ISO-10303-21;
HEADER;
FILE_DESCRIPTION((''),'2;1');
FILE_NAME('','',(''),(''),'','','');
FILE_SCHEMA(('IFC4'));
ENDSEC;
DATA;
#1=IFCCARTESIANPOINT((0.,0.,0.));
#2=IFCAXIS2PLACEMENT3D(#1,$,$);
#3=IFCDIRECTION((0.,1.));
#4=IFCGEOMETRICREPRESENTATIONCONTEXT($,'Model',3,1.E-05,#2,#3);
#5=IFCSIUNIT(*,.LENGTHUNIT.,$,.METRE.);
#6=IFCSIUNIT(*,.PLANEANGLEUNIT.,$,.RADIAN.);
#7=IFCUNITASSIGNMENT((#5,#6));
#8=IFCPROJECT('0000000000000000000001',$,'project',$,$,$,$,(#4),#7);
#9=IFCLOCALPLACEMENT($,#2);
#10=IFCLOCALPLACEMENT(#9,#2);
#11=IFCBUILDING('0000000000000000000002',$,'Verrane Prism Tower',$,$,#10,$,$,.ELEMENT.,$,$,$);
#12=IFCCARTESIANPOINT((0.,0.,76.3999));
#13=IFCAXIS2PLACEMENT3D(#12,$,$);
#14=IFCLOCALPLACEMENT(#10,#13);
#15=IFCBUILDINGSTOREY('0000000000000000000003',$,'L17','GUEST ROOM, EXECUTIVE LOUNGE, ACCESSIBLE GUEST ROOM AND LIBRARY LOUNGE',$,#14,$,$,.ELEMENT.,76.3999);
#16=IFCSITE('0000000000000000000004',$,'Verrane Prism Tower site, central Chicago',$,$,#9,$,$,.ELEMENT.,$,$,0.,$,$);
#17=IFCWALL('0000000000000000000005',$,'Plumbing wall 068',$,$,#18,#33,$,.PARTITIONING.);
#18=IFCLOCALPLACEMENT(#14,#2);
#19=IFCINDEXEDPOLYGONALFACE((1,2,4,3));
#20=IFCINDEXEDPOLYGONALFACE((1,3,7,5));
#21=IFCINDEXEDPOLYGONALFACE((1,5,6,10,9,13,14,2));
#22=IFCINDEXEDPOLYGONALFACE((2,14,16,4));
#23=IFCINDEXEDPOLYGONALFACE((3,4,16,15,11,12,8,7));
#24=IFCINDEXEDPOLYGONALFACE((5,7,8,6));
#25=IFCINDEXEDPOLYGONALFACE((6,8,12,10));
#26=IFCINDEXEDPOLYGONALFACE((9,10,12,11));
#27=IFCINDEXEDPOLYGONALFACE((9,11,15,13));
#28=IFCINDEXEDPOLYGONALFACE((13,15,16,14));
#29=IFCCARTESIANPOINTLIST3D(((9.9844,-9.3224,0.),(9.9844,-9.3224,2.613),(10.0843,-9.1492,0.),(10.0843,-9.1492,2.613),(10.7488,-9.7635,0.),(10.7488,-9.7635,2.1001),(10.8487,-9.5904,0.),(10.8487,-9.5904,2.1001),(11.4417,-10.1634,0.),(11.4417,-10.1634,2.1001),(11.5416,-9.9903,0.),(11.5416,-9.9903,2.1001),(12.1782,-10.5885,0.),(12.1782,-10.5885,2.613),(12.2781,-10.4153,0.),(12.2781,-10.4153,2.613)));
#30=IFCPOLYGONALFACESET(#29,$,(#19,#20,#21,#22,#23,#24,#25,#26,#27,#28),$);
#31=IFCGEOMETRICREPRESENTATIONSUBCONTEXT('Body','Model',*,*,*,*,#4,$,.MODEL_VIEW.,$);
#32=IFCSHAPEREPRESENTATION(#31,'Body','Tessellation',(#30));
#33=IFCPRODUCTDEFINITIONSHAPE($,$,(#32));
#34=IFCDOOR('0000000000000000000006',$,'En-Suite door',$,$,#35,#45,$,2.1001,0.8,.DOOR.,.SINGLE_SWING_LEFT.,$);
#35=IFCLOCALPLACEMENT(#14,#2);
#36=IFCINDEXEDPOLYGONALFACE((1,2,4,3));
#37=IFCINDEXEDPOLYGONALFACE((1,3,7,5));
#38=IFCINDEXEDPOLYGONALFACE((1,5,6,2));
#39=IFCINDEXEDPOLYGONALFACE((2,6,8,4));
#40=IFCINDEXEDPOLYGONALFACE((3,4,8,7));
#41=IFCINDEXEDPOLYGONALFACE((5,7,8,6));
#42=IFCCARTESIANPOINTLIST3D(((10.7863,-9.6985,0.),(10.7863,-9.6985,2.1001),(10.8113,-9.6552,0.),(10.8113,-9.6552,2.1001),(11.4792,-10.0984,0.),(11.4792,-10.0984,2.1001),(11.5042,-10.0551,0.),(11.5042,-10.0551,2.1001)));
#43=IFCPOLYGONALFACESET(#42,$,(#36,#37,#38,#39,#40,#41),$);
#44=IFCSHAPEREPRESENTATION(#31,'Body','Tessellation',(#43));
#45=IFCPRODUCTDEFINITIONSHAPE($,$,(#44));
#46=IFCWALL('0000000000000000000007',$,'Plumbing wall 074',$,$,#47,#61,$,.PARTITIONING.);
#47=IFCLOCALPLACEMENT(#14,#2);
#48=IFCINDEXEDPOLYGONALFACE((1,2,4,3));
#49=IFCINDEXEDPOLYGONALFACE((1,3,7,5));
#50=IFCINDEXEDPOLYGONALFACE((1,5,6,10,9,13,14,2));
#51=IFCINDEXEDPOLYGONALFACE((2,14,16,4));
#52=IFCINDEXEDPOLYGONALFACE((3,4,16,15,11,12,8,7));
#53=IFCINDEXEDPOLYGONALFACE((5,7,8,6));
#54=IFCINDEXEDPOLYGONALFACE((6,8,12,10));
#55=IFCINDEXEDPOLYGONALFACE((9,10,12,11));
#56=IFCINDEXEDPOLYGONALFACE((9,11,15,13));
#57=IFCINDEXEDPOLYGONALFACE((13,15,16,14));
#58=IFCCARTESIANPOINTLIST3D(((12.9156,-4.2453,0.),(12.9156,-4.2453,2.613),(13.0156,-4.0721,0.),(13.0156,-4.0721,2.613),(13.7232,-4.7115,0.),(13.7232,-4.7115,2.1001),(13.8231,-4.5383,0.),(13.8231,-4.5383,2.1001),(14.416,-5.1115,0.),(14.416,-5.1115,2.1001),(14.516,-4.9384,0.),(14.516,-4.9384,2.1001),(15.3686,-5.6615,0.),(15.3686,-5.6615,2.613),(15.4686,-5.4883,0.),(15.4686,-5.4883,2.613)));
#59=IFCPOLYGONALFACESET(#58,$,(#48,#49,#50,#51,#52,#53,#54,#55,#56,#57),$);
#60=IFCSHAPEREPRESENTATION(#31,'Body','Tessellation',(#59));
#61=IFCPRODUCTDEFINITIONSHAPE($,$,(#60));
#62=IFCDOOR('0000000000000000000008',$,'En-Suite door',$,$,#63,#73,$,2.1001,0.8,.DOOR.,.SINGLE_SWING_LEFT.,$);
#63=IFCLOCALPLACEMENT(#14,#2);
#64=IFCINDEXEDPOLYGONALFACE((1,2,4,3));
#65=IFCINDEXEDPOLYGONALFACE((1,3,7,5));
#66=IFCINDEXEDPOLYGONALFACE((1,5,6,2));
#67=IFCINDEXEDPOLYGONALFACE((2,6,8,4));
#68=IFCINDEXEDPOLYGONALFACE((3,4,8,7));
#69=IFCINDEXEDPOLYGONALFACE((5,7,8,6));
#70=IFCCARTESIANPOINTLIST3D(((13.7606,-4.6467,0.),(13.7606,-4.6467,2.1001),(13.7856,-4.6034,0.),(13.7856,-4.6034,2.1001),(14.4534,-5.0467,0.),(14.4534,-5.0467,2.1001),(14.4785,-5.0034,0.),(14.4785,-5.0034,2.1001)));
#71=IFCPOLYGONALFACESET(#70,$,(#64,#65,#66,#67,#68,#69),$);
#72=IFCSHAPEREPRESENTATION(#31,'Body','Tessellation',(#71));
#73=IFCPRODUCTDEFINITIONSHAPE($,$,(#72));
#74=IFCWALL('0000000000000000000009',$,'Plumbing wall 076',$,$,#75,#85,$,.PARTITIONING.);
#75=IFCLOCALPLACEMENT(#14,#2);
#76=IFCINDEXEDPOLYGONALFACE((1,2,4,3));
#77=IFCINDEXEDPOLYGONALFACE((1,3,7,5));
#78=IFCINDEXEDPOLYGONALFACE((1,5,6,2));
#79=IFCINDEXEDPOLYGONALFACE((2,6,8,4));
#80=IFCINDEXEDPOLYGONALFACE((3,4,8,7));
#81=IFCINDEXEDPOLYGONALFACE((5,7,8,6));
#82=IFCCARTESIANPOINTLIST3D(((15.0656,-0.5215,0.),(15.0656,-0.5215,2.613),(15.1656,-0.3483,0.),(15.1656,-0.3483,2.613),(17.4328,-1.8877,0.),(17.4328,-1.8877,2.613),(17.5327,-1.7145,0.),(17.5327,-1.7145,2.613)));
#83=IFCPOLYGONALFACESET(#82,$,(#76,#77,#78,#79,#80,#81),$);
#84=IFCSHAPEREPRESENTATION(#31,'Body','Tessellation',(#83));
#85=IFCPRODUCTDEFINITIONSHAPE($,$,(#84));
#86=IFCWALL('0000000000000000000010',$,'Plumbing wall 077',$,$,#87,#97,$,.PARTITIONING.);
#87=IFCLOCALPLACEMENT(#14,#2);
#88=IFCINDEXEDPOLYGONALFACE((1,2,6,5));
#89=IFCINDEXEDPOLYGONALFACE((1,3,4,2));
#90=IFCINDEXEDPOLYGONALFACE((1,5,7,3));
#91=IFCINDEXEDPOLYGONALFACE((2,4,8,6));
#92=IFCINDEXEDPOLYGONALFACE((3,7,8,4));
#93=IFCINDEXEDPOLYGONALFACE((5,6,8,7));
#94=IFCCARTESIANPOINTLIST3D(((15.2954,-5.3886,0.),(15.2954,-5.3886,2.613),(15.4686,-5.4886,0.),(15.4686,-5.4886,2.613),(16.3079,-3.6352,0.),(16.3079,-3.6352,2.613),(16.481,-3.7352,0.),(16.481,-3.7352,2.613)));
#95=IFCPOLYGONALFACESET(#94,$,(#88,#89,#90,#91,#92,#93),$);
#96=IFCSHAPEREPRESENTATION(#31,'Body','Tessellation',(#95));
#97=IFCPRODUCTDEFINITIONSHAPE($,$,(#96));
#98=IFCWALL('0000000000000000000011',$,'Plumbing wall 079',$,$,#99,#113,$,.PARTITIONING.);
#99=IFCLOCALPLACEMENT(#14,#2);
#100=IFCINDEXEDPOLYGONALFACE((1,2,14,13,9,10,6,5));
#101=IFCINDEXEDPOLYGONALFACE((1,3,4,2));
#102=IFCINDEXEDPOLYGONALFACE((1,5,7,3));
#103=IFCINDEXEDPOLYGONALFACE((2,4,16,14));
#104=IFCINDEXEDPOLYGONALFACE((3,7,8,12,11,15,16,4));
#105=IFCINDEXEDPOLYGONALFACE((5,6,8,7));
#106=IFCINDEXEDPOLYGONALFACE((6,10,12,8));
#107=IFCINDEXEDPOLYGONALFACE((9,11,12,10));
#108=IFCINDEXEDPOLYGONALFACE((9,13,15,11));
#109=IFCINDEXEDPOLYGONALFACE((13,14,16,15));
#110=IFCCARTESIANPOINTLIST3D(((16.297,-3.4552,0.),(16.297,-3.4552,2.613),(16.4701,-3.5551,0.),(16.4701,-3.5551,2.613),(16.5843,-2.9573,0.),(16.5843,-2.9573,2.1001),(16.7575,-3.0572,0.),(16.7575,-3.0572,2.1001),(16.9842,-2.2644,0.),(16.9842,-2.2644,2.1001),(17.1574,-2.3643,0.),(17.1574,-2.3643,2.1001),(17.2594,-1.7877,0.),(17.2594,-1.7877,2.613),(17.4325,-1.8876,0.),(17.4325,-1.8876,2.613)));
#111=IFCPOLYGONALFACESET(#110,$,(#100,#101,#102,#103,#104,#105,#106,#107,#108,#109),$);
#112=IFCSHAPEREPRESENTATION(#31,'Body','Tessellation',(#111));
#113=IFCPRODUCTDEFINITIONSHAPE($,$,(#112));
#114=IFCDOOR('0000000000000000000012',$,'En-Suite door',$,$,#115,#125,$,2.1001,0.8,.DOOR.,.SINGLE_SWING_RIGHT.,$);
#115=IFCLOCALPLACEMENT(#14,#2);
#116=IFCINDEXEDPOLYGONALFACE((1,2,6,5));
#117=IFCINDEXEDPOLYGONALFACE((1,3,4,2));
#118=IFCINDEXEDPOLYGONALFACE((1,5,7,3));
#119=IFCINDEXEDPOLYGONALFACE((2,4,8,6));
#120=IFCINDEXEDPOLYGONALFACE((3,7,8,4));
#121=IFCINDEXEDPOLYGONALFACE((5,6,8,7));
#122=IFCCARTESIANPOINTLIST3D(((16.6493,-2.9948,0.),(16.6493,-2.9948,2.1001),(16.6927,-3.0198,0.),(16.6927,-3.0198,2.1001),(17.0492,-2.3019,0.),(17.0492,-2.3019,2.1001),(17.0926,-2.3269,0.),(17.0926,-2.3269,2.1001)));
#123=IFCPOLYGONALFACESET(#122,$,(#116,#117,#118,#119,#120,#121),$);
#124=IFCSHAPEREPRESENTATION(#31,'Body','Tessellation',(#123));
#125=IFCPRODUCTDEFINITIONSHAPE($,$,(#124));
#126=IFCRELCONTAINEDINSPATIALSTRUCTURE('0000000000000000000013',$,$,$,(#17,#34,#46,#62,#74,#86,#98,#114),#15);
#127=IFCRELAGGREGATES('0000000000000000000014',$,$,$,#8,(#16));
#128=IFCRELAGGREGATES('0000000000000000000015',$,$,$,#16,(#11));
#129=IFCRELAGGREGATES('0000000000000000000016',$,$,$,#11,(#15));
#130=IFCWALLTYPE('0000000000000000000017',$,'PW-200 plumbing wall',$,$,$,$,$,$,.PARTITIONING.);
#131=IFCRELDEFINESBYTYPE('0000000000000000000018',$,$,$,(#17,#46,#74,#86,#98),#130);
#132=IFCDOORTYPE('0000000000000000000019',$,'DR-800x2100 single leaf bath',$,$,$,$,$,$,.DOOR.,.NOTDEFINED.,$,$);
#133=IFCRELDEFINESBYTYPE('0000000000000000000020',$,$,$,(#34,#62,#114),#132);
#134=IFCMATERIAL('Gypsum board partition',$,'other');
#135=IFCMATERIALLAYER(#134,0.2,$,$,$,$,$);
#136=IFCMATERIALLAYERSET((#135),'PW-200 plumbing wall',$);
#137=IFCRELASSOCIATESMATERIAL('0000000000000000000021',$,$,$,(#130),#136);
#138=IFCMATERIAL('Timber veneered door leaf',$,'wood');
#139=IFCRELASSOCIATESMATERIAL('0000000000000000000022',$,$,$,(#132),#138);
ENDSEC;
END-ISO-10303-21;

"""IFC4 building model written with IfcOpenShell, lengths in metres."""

from ifc_helpers import new_model, si_unit, direction, frame, frame_2d, origin, place, context, subcontext, project, spatial, rectangle, extrude, material, layer, layer_set, type_object, element, fill, save


model = new_model("IFC4")

# Units and contexts
model_context = context("Model", 3, precision=1e-05, world=origin(), true_north=direction((0.0, 1.0)))
body_context = subcontext(model_context, "Body", "Model", "MODEL_VIEW")
ifc_project = project(units=[si_unit("LENGTHUNIT", "METRE"), si_unit("PLANEANGLEUNIT", "RADIAN")], contexts=[model_context])

# Site, building, storey
site_placement = place(None, origin())
site = spatial("IfcSite", under=ifc_project, at=site_placement, Name="Verrane Prism Tower site, central Chicago", CompositionType="ELEMENT", RefElevation=0.0)
building_placement = place(site_placement, origin())
building = spatial("IfcBuilding", under=site, at=building_placement, Name="Verrane Prism Tower", CompositionType="ELEMENT")
storey_placement = place(building_placement, frame((0.0, 0.0, 76.3999)))
storey = spatial("IfcBuildingStorey", under=building, at=storey_placement, Name="L17", Description="GUEST ROOM, EXECUTIVE LOUNGE, ACCESSIBLE GUEST ROOM AND LIBRARY LOUNGE", CompositionType="ELEMENT", Elevation=76.3999)

# Walls, openings, doors
ifc_material_1 = material(Name="Gypsum board partition", Category="other")
ifc_layer_1 = layer(ifc_material_1, 0.2)
ifc_layer_set_1 = layer_set([ifc_layer_1], Name="PW-200 plumbing wall")
wall_type_1 = type_object("IfcWallType", Name="PW-200 plumbing wall", PredefinedType="PARTITIONING", material=ifc_layer_set_1)
wall_1_placement = place(storey_placement, frame((12.2283, -10.502, 0.0), z_axis=(0.0, 0.0, 1.0), x_axis=(-0.866112, 0.49985, 0.0)))
wall_1 = element("IfcWall", 1, at=wall_1_placement, inside=storey, type_object=wall_type_1, Name="Plumbing wall 068", PredefinedType="PARTITIONING", context=body_context, shape_type="SweptSolid", body=[
    extrude(rectangle(XDim=2.533, YDim=0.2, at=frame_2d((1.2666, 0.0))), origin(), (0.0, 0.0, 1.0), 2.613),
])
opening_1_placement = place(wall_1_placement, frame((0.8506, 0.0, 0.0)))
opening_1 = element("IfcOpeningElement", 2, at=opening_1_placement, cuts=wall_1, PredefinedType="OPENING", context=body_context, shape_type="SweptSolid", body=[
    extrude(rectangle(XDim=0.8, YDim=2.1001, at=frame_2d((0.3999, 1.05))), frame((0.0, 0.1099, 0.0), z_axis=(0.0, -1.0, 0.0), x_axis=(1.0, 0.0, 0.0)), (0.0, 0.0, 1.0), 0.22),
])
ifc_material_2 = material(Name="Timber veneered door leaf", Category="wood")
door_type = type_object("IfcDoorType", Name="DR-800x2100 single leaf bath", OperationType="NOTDEFINED", PredefinedType="DOOR", material=ifc_material_2)
door_1_placement = place(opening_1_placement, origin())
door_1 = element("IfcDoor", 3, at=door_1_placement, inside=storey, type_object=door_type, Name="En-Suite door", OperationType="SINGLE_SWING_LEFT", OverallHeight=2.1001, OverallWidth=0.8, PredefinedType="DOOR", context=body_context, shape_type="SweptSolid", body=[
    extrude(rectangle(XDim=0.8, YDim=2.1001, at=frame_2d((0.3999, 1.05))), frame((0.0, 0.0249, 0.0), z_axis=(0.0, -1.0, 0.0), x_axis=(1.0, 0.0, 0.0)), (0.0, 0.0, 1.0), 0.05),
])
fill(opening_1, door_1)
wall_2_placement = place(storey_placement, frame((12.9656, -4.1587, 0.0), z_axis=(0.0, 0.0, 1.0), x_axis=(0.866033, -0.499986, 0.0)))
wall_2 = element("IfcWall", 4, at=wall_2_placement, inside=storey, type_object=wall_type_1, Name="Plumbing wall 074", PredefinedType="PARTITIONING", context=body_context, shape_type="SweptSolid", body=[
    extrude(rectangle(XDim=2.8325, YDim=0.2, at=frame_2d((1.4163, 0.0))), origin(), (0.0, 0.0, 1.0), 2.613),
])
opening_2_placement = place(wall_2_placement, frame((0.9326, 0.0, 0.0)))
opening_2 = element("IfcOpeningElement", 5, at=opening_2_placement, cuts=wall_2, PredefinedType="OPENING", context=body_context, shape_type="SweptSolid", body=[
    extrude(rectangle(XDim=0.8, YDim=2.1001, at=frame_2d((0.3999, 1.05))), frame((0.0, 0.1099, 0.0), z_axis=(0.0, -1.0, 0.0), x_axis=(1.0, 0.0, 0.0)), (0.0, 0.0, 1.0), 0.22),
])
door_2_placement = place(opening_2_placement, origin())
door_2 = element("IfcDoor", 6, at=door_2_placement, inside=storey, type_object=door_type, Name="En-Suite door", OperationType="SINGLE_SWING_LEFT", OverallHeight=2.1001, OverallWidth=0.8, PredefinedType="DOOR", context=body_context, shape_type="SweptSolid", body=[
    extrude(rectangle(XDim=0.8, YDim=2.1001, at=frame_2d((0.3999, 1.05))), frame((0.0, 0.0249, 0.0), z_axis=(0.0, -1.0, 0.0), x_axis=(1.0, 0.0, 0.0)), (0.0, 0.0, 1.0), 0.05),
])
fill(opening_2, door_2)

# Walls
wall_3_placement = place(storey_placement, frame((15.1155, -0.4348, 0.0), z_axis=(0.0, 0.0, 1.0), x_axis=(0.866102, -0.499867, 0.0)))
element("IfcWall", 7, at=wall_3_placement, inside=storey, type_object=wall_type_1, Name="Plumbing wall 076", PredefinedType="PARTITIONING", context=body_context, shape_type="SweptSolid", body=[
    extrude(rectangle(XDim=2.7332, YDim=0.2, at=frame_2d((1.3667, 0.0))), origin(), (0.0, 0.0, 1.0), 2.613),
])
wall_4_placement = place(storey_placement, frame((15.3821, -5.4385, 0.0), z_axis=(0.0, 0.0, 1.0), x_axis=(0.500043, 0.866001, 0.0)))
element("IfcWall", 8, at=wall_4_placement, inside=storey, type_object=wall_type_1, Name="Plumbing wall 077", PredefinedType="PARTITIONING", context=body_context, shape_type="SweptSolid", body=[
    extrude(rectangle(XDim=2.0247, YDim=0.2, at=frame_2d((1.0122, 0.0))), origin(), (0.0, 0.0, 1.0), 2.613),
])

# Wall, opening, door
wall_5_placement = place(storey_placement, frame((16.3835, -3.5051, 0.0), z_axis=(0.0, 0.0, 1.0), x_axis=(0.499876, 0.866097, 0.0)))
wall_5 = element("IfcWall", 9, at=wall_5_placement, inside=storey, type_object=wall_type_1, Name="Plumbing wall 079", PredefinedType="PARTITIONING", context=body_context, shape_type="SweptSolid", body=[
    extrude(rectangle(XDim=1.9253, YDim=0.2, at=frame_2d((0.9626, 0.0))), origin(), (0.0, 0.0, 1.0), 2.613),
])
opening_3_placement = place(wall_5_placement, frame((0.575, 0.0, 0.0)))
opening_3 = element("IfcOpeningElement", 10, at=opening_3_placement, cuts=wall_5, PredefinedType="OPENING", context=body_context, shape_type="SweptSolid", body=[
    extrude(rectangle(XDim=0.8, YDim=2.1001, at=frame_2d((0.3999, 1.05))), frame((0.0, 0.1099, 0.0), z_axis=(0.0, -1.0, 0.0), x_axis=(1.0, 0.0, 0.0)), (0.0, 0.0, 1.0), 0.22),
])
door_3_placement = place(opening_3_placement, origin())
door_3 = element("IfcDoor", 11, at=door_3_placement, inside=storey, type_object=door_type, Name="En-Suite door", OperationType="SINGLE_SWING_RIGHT", OverallHeight=2.1001, OverallWidth=0.8, PredefinedType="DOOR", context=body_context, shape_type="SweptSolid", body=[
    extrude(rectangle(XDim=0.8, YDim=2.1001, at=frame_2d((0.3999, 1.05))), frame((0.0, 0.0249, 0.0), z_axis=(0.0, -1.0, 0.0), x_axis=(1.0, 0.0, 0.0)), (0.0, 0.0, 1.0), 0.05),
])
fill(opening_3, door_3)

save(model, "model.ifc")
